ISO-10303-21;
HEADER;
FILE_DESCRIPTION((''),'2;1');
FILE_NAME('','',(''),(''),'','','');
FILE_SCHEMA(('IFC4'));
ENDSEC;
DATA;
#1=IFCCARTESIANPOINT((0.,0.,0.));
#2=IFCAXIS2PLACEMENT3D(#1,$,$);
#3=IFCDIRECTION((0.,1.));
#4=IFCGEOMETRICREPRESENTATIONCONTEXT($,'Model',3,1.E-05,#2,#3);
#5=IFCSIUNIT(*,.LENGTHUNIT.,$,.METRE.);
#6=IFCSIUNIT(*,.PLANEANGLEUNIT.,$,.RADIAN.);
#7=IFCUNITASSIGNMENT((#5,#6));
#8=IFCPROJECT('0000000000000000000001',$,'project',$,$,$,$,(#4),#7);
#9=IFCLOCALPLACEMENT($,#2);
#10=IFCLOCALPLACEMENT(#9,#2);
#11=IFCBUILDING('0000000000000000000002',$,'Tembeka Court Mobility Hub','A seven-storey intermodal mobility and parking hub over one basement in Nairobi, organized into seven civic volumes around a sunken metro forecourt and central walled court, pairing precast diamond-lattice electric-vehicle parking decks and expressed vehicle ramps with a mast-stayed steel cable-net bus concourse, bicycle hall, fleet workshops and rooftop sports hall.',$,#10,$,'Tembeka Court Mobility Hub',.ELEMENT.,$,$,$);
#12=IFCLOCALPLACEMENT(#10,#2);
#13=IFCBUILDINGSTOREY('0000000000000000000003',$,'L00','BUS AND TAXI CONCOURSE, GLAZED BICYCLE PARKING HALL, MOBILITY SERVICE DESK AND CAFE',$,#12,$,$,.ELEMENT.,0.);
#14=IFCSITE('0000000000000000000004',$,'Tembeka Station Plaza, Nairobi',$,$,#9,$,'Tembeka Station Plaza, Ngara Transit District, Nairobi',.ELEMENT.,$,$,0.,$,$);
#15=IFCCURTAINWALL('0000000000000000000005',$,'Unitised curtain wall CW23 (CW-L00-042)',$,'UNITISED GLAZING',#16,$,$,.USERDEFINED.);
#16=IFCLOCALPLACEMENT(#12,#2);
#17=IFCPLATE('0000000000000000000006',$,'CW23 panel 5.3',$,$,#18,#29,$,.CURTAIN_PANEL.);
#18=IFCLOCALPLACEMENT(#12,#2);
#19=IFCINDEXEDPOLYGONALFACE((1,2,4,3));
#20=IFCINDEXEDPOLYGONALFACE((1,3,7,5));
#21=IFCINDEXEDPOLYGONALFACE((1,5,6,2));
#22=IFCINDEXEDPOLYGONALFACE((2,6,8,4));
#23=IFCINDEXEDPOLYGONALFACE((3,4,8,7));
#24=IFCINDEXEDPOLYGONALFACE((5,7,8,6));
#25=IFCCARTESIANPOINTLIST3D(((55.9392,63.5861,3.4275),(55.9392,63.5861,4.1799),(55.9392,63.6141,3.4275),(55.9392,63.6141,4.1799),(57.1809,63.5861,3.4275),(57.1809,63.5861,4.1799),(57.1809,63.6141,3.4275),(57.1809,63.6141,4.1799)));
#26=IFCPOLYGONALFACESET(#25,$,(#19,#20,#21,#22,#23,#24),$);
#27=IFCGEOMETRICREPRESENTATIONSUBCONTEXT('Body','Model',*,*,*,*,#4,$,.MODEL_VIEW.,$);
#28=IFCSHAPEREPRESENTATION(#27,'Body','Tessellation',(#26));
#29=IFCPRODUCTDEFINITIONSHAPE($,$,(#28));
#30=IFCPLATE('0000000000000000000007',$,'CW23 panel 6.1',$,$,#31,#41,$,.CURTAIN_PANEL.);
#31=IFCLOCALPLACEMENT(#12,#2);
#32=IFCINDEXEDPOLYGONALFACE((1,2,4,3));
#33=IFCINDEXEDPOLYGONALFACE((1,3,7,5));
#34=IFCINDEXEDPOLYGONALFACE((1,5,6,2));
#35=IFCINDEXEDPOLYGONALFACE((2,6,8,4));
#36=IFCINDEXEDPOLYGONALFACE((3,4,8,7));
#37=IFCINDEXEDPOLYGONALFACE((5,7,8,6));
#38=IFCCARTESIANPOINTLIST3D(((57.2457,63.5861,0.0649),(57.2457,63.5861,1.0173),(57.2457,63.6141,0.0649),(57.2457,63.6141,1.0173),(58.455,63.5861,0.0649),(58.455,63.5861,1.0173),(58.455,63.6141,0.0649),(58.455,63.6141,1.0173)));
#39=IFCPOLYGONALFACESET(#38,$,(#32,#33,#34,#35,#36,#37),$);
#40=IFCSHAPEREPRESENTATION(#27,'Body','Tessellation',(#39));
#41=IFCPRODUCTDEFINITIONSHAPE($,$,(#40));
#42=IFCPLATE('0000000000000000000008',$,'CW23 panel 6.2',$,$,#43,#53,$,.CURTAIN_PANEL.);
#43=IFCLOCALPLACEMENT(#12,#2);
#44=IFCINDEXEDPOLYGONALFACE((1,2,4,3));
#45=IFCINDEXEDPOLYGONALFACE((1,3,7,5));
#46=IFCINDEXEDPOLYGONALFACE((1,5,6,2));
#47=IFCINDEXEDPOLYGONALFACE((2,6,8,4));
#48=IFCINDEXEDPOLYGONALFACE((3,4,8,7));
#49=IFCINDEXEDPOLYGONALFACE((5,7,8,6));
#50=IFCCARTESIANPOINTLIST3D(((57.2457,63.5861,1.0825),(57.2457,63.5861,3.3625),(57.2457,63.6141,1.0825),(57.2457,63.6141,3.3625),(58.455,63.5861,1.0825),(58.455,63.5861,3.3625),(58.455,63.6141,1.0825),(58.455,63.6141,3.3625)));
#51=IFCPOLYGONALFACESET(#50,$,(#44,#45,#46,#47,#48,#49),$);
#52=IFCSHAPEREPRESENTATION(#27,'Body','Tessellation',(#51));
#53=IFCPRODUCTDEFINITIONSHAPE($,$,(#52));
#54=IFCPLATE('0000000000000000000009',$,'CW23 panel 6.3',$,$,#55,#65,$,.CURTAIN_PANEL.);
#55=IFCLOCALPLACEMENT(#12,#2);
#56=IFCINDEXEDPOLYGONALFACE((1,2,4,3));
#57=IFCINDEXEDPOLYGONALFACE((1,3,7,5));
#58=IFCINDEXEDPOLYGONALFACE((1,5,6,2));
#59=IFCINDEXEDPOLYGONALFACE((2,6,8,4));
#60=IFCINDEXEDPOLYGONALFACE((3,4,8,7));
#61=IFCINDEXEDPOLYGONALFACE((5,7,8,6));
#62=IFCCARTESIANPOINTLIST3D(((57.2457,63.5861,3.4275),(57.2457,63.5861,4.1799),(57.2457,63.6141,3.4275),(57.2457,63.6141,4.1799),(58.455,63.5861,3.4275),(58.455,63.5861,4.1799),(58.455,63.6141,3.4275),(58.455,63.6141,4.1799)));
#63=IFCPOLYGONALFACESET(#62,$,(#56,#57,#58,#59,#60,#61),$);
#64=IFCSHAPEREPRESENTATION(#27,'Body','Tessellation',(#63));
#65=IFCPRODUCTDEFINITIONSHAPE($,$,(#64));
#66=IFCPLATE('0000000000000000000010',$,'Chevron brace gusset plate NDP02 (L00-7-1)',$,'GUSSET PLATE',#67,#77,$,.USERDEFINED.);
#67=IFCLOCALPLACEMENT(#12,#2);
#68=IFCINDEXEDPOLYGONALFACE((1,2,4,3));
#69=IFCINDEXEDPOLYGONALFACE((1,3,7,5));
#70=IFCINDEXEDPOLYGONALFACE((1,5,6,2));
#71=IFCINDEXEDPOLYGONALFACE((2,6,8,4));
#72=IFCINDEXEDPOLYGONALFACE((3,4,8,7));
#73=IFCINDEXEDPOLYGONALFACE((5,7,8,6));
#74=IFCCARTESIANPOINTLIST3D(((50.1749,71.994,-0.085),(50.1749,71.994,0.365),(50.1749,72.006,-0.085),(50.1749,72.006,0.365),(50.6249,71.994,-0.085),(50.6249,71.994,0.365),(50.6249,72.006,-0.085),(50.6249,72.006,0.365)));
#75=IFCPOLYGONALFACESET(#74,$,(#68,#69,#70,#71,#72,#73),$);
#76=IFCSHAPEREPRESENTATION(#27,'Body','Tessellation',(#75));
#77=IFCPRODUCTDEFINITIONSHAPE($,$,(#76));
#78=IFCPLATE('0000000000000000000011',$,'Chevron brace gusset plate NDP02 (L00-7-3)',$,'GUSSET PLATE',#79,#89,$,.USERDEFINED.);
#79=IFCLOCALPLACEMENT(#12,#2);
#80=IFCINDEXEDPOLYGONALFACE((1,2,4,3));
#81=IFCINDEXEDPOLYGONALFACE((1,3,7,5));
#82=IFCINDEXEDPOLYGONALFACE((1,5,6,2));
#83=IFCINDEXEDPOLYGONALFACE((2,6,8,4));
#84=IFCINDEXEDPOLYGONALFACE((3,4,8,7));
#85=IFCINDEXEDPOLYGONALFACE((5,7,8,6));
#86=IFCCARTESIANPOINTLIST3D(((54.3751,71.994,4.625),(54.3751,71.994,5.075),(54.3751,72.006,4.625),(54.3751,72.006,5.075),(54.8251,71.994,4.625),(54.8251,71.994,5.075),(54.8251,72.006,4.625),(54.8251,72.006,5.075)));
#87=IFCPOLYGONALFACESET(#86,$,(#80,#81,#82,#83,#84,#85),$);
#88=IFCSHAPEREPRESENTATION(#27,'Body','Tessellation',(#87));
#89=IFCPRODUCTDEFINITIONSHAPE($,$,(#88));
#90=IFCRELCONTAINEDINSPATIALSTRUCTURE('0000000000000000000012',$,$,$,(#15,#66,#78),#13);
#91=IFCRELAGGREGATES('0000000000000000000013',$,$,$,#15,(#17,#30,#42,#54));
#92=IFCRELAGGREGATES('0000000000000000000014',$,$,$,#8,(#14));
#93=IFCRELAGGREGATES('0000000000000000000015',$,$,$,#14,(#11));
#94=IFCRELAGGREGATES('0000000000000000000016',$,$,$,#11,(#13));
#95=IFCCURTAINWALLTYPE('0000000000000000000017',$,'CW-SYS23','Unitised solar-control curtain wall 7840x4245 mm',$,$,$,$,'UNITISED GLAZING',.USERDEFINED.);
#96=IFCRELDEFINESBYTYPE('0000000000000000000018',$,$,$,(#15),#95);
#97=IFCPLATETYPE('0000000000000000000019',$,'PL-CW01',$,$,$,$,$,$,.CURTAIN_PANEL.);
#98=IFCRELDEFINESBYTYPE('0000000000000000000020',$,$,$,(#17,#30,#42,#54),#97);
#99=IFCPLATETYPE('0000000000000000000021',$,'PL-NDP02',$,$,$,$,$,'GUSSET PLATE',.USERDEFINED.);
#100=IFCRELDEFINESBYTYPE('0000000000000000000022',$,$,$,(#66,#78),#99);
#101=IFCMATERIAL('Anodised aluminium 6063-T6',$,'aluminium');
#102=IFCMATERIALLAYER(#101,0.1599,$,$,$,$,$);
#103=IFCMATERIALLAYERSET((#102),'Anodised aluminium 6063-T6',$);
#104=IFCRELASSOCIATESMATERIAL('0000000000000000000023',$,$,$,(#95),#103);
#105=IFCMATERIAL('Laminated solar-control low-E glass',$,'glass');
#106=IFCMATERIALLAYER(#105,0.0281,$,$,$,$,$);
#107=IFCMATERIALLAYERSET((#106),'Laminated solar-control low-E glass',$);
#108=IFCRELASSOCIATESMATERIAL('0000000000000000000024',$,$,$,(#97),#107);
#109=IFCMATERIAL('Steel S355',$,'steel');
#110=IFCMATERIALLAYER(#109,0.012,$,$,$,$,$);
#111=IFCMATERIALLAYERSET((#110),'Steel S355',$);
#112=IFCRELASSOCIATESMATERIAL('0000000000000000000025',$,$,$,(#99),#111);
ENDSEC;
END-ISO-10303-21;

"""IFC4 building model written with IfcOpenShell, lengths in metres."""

from ifc_helpers import new_model, si_unit, direction, frame, origin, origin_2d, place, context, subcontext, project, spatial, rectangle, extrude, material, layer, layer_set, type_object, element, aggregate, save


model = new_model("IFC4")

# Units and contexts
model_context = context("Model", 3, precision=1e-05, world=origin(), true_north=direction((0.0, 1.0)))
body_context = subcontext(model_context, "Body", "Model", "MODEL_VIEW")
ifc_project = project(units=[si_unit("LENGTHUNIT", "METRE"), si_unit("PLANEANGLEUNIT", "RADIAN")], contexts=[model_context])

# Site, building, storey
site_placement = place(None, origin())
site = spatial("IfcSite", under=ifc_project, at=site_placement, Name="Tembeka Station Plaza, Nairobi", LongName="Tembeka Station Plaza, Ngara Transit District, Nairobi", CompositionType="ELEMENT", RefElevation=0.0)
building_placement = place(site_placement, origin())
building = spatial("IfcBuilding", under=site, at=building_placement, Name="Tembeka Court Mobility Hub", Description="A seven-storey intermodal mobility and parking hub over one basement in Nairobi, organized into seven civic volumes around a sunken metro forecourt and central walled court, pairing precast diamond-lattice electric-vehicle parking decks and expressed vehicle ramps with a mast-stayed steel cable-net bus concourse, bicycle hall, fleet workshops and rooftop sports hall.", LongName="Tembeka Court Mobility Hub", CompositionType="ELEMENT")
storey_placement = place(building_placement, origin())
storey = spatial("IfcBuildingStorey", under=building, at=storey_placement, Name="L00", Description="BUS AND TAXI CONCOURSE, GLAZED BICYCLE PARKING HALL, MOBILITY SERVICE DESK AND CAFE", CompositionType="ELEMENT", Elevation=0.0)

# Shared definitions
ifc_material_1 = material(Name="Steel S355", Category="steel")

# Curtain wall
ifc_material_2 = material(Name="Anodised aluminium 6063-T6", Category="aluminium")
ifc_layer_1 = layer(ifc_material_2, 0.1599)
ifc_layer_set_1 = layer_set([ifc_layer_1], Name="Anodised aluminium 6063-T6")
curtain_wall_type = type_object("IfcCurtainWallType", Name="CW-SYS23", Description="Unitised solar-control curtain wall 7840x4245 mm", ElementType="UNITISED GLAZING", PredefinedType="USERDEFINED", material=ifc_layer_set_1)
curtain_wall_placement = place(storey_placement, origin())
curtain_wall = element("IfcCurtainWall", 1, at=curtain_wall_placement, inside=storey, type_object=curtain_wall_type, Name="Unitised curtain wall CW23 (CW-L00-042)", ObjectType="UNITISED GLAZING", PredefinedType="USERDEFINED")

# Plates
ifc_material_3 = material(Name="Laminated solar-control low-E glass", Category="glass")
ifc_layer_2 = layer(ifc_material_3, 0.0281)
ifc_layer_set_2 = layer_set([ifc_layer_2], Name="Laminated solar-control low-E glass")
plate_type_1 = type_object("IfcPlateType", Name="PL-CW01", PredefinedType="CURTAIN_PANEL", material=ifc_layer_set_2)
plate_1_placement = place(storey_placement, frame((56.5601, 63.6001, 3.4275), z_axis=(0.0, 0.0, 1.0), x_axis=(1.0, 0.0, 0.0)))
plate_1 = element("IfcPlate", 2, at=plate_1_placement, type_object=plate_type_1, Name="CW23 panel 5.3", PredefinedType="CURTAIN_PANEL", context=body_context, shape_type="SweptSolid", body=[
    extrude(rectangle(XDim=1.2417, YDim=0.0281, at=origin_2d()), origin(), (0.0, 0.0, 1.0), 0.7524),
])
plate_2_placement = place(storey_placement, frame((57.8503, 63.6001, 0.0649), z_axis=(0.0, 0.0, 1.0), x_axis=(1.0, 0.0, 0.0)))
plate_2 = element("IfcPlate", 3, at=plate_2_placement, type_object=plate_type_1, Name="CW23 panel 6.1", PredefinedType="CURTAIN_PANEL", context=body_context, shape_type="SweptSolid", body=[
    extrude(rectangle(XDim=1.2092, YDim=0.0281, at=origin_2d()), origin(), (0.0, 0.0, 1.0), 0.9524),
])
plate_3_placement = place(storey_placement, frame((57.8503, 63.6001, 1.0825), z_axis=(0.0, 0.0, 1.0), x_axis=(1.0, 0.0, 0.0)))
plate_3 = element("IfcPlate", 4, at=plate_3_placement, type_object=plate_type_1, Name="CW23 panel 6.2", PredefinedType="CURTAIN_PANEL", context=body_context, shape_type="SweptSolid", body=[
    extrude(rectangle(XDim=1.2092, YDim=0.0281, at=origin_2d()), origin(), (0.0, 0.0, 1.0), 2.28),
])
plate_4_placement = place(storey_placement, frame((57.8503, 63.6001, 3.4275), z_axis=(0.0, 0.0, 1.0), x_axis=(1.0, 0.0, 0.0)))
plate_4 = element("IfcPlate", 5, at=plate_4_placement, type_object=plate_type_1, Name="CW23 panel 6.3", PredefinedType="CURTAIN_PANEL", context=body_context, shape_type="SweptSolid", body=[
    extrude(rectangle(XDim=1.2092, YDim=0.0281, at=origin_2d()), origin(), (0.0, 0.0, 1.0), 0.7524),
])
aggregate(curtain_wall, [plate_1, plate_2, plate_3, plate_4])

# Plates
ifc_layer_3 = layer(ifc_material_1, 0.012)
ifc_layer_set_3 = layer_set([ifc_layer_3], Name="Steel S355")
plate_type_2 = type_object("IfcPlateType", Name="PL-NDP02", ElementType="GUSSET PLATE", PredefinedType="USERDEFINED", material=ifc_layer_set_3)
for number, where, z_axis, x_axis, name in (
    (6, (50.3999, 72.0, -0.085), (0.0, 0.0, 1.0), (1.0, 0.0, 0.0), "Chevron brace gusset plate NDP02 (L00-7-1)"),
    (7, (54.6001, 72.0, 4.625), (0.0, 0.0, 1.0), (1.0, 0.0, 0.0), "Chevron brace gusset plate NDP02 (L00-7-3)"),
):
    element("IfcPlate", number, at=place(storey_placement, frame(where, z_axis=z_axis, x_axis=x_axis)), inside=storey, type_object=plate_type_2, Name=name, ObjectType="GUSSET PLATE", PredefinedType="USERDEFINED", context=body_context, shape_type="SweptSolid", body=[
        extrude(rectangle(XDim=0.45, YDim=0.012, at=origin_2d()), origin(), (0.0, 0.0, 1.0), 0.45),
    ])

save(model, "model.ifc")
